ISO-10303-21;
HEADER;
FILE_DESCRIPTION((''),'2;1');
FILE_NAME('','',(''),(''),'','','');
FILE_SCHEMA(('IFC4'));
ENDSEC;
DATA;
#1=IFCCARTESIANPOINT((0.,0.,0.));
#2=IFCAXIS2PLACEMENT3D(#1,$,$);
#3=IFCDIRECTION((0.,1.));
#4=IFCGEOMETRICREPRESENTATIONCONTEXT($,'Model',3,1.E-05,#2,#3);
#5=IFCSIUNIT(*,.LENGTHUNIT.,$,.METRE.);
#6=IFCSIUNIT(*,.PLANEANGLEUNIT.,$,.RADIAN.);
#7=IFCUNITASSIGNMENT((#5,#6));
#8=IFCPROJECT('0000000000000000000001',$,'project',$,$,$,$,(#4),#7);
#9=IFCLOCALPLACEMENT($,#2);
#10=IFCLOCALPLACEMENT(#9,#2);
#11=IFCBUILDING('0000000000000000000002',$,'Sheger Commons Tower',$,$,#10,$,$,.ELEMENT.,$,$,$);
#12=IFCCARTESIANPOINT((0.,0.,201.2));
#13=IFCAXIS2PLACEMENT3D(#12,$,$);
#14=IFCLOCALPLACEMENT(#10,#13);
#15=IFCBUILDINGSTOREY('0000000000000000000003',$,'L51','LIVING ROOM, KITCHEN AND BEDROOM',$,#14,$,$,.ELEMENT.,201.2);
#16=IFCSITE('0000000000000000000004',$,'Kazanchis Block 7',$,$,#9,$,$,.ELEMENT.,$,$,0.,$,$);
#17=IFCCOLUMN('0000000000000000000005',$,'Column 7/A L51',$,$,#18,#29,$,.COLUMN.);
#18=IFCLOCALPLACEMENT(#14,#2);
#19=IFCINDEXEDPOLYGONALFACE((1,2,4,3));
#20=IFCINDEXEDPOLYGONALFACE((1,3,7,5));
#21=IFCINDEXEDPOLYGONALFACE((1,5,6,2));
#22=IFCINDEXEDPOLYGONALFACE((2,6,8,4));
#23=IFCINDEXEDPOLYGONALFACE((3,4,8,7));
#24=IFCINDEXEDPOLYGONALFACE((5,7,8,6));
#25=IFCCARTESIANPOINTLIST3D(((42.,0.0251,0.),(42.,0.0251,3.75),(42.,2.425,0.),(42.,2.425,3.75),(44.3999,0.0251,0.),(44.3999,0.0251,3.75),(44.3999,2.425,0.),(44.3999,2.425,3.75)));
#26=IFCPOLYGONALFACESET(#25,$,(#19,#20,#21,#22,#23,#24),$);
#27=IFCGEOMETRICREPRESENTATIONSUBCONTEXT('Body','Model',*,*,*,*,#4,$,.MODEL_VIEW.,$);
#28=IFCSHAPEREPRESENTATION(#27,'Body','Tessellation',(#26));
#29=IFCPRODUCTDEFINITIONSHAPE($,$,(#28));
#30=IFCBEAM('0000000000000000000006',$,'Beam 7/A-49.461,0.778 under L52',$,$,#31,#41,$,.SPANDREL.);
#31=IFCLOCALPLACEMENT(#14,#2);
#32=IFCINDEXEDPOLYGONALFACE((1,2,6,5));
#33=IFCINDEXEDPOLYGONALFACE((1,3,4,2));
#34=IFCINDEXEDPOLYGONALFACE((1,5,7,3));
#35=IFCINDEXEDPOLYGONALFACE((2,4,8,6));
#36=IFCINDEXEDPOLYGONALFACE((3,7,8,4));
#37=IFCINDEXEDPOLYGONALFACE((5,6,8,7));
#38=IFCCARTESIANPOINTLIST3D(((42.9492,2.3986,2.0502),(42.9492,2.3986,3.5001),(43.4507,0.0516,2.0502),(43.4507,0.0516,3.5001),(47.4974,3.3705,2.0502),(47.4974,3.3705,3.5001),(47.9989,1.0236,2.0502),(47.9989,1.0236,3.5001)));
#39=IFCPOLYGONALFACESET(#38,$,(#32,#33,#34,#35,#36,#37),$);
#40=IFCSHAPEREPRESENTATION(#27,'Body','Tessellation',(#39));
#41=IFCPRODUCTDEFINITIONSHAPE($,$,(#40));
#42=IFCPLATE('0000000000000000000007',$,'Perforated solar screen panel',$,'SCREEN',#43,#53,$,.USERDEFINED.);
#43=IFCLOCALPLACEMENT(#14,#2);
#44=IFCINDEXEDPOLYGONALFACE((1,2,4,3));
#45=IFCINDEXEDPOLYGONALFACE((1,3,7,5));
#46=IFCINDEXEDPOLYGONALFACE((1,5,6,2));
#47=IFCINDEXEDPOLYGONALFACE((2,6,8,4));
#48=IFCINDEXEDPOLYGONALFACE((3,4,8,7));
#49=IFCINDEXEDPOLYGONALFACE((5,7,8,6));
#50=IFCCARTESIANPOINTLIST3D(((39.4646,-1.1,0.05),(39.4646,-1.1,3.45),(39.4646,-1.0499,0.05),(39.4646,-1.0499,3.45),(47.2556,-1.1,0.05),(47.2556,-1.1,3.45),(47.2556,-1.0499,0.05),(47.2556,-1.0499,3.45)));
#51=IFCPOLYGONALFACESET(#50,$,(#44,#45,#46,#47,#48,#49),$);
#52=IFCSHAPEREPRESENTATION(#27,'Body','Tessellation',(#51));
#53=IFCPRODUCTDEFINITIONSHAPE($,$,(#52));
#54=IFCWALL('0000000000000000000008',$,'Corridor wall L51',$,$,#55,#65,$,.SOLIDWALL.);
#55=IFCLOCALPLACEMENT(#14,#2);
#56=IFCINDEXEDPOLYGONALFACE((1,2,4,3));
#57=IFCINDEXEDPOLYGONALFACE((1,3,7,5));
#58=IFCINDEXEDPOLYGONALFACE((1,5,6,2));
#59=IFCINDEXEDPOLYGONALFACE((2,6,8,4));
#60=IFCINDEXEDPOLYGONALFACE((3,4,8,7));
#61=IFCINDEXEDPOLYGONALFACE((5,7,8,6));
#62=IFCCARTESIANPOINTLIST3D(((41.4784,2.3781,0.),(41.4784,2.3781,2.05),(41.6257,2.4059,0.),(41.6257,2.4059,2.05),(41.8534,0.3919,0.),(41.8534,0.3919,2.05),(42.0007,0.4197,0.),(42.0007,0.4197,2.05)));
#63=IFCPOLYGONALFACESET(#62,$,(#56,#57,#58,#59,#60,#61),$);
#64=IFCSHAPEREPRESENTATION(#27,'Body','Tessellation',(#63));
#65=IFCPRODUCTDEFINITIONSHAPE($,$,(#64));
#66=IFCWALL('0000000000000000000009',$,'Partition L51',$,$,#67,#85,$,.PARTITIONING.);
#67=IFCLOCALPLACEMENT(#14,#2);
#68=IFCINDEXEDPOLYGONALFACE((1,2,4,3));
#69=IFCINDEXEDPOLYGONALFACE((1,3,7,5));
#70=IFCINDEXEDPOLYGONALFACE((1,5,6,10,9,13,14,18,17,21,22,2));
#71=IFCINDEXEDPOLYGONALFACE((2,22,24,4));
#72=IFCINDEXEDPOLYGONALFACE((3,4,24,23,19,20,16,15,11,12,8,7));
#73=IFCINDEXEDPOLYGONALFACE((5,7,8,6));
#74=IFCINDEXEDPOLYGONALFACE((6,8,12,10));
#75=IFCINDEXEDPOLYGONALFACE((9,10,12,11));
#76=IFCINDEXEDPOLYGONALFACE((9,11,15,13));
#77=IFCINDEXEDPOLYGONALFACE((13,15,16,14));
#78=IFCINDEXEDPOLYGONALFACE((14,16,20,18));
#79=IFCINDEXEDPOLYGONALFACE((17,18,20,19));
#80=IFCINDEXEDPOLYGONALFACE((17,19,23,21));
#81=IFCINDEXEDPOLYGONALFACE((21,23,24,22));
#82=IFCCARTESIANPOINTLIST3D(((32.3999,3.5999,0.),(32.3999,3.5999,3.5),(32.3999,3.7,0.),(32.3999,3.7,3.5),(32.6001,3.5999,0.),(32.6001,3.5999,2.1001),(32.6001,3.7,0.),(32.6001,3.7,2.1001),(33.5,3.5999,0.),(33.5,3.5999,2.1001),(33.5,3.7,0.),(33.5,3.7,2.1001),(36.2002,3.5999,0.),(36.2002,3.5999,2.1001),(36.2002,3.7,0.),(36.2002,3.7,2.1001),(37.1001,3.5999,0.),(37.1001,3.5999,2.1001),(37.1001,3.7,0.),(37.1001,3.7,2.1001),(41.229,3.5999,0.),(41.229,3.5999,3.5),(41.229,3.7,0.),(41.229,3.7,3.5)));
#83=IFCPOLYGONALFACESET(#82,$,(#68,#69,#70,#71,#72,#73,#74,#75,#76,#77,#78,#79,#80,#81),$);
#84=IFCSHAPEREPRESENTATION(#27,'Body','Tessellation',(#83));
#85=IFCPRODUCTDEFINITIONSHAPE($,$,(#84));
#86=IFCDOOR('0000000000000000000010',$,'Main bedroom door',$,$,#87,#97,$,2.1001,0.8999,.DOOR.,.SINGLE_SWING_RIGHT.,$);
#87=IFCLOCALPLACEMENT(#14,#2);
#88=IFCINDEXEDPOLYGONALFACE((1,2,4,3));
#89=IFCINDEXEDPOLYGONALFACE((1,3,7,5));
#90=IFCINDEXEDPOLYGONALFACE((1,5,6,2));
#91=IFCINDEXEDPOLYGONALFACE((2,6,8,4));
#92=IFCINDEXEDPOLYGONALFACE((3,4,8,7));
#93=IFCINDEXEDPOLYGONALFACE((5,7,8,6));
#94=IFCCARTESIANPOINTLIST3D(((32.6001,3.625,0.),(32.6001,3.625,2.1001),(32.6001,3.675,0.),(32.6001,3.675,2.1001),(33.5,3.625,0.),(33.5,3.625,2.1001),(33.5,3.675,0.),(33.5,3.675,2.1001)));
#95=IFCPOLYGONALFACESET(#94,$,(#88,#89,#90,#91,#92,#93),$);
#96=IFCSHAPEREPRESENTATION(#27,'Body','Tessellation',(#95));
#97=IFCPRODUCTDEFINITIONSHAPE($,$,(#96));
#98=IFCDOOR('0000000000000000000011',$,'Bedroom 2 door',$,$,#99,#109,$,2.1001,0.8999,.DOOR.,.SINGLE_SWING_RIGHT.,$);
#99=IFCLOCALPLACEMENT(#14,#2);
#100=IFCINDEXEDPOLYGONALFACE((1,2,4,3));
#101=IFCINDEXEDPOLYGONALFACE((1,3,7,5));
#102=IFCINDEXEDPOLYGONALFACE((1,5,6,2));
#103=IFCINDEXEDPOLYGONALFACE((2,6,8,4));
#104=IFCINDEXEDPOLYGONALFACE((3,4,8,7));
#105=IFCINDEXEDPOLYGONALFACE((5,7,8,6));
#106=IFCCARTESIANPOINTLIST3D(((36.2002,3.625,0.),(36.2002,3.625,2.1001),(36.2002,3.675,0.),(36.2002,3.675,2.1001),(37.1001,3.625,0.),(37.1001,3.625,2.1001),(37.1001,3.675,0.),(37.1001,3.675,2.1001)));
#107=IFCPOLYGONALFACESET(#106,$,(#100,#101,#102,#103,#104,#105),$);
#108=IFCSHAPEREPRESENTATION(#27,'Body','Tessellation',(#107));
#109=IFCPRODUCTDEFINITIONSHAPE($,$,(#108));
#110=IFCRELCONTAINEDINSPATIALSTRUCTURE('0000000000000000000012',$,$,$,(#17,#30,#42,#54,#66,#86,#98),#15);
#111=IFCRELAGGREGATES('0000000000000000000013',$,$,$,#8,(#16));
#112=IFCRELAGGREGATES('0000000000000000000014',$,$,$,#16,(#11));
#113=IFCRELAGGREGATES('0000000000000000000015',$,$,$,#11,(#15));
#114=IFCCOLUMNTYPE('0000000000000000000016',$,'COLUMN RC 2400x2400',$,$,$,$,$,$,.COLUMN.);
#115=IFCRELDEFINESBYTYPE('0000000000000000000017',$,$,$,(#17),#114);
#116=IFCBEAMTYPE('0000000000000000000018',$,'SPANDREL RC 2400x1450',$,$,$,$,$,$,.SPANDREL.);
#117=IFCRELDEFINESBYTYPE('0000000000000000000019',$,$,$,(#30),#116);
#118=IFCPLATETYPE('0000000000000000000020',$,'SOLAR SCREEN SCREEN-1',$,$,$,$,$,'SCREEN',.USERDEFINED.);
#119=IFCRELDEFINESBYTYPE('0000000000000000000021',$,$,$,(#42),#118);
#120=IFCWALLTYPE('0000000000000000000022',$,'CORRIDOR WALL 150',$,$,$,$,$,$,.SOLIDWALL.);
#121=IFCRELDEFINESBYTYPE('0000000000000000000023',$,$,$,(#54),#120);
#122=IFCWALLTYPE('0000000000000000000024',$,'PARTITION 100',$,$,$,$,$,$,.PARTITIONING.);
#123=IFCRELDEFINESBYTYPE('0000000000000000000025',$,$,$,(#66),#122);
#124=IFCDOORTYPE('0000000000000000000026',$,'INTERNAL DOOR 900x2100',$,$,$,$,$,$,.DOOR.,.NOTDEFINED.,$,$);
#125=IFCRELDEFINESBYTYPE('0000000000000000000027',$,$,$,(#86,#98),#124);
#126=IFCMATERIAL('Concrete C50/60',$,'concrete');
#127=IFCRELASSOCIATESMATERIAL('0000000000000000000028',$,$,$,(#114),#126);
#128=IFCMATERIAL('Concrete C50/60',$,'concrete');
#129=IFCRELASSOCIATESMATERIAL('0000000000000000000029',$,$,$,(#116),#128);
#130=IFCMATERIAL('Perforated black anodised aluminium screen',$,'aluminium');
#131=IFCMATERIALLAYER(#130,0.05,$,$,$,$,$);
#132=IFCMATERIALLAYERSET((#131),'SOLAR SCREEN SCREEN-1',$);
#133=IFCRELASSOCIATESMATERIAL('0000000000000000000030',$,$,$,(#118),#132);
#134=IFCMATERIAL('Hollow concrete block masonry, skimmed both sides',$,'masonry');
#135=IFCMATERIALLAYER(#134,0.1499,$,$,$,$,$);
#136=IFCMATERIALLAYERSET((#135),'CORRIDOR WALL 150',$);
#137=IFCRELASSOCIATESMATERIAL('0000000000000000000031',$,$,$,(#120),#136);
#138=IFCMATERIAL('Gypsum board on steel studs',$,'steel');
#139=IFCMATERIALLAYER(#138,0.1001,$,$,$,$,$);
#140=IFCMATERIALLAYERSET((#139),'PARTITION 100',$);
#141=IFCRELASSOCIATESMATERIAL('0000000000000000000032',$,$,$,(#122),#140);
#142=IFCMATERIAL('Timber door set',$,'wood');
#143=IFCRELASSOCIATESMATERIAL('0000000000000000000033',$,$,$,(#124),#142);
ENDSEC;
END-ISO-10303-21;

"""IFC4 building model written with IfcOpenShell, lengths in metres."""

from ifc_helpers import new_model, si_unit, direction, frame, frame_2d, origin, origin_2d, place, context, subcontext, project, spatial, rectangle, extrude, material, layer, layer_set, material_profile, profile_set, type_object, element, fill, save


model = new_model("IFC4")

# Units and contexts
model_context = context("Model", 3, precision=1e-05, world=origin(), true_north=direction((0.0, 1.0)))
body_context = subcontext(model_context, "Body", "Model", "MODEL_VIEW")
ifc_project = project(units=[si_unit("LENGTHUNIT", "METRE"), si_unit("PLANEANGLEUNIT", "RADIAN")], contexts=[model_context])

# Site, building, storey
site_placement = place(None, origin())
site = spatial("IfcSite", under=ifc_project, at=site_placement, Name="Kazanchis Block 7", CompositionType="ELEMENT", RefElevation=0.0)
building_placement = place(site_placement, origin())
building = spatial("IfcBuilding", under=site, at=building_placement, Name="Sheger Commons Tower", CompositionType="ELEMENT")
storey_placement = place(building_placement, frame((0.0, 0.0, 201.2)))
storey = spatial("IfcBuildingStorey", under=building, at=storey_placement, Name="L51", Description="LIVING ROOM, KITCHEN AND BEDROOM", CompositionType="ELEMENT", Elevation=201.2)

# Column
ifc_material_1 = material(Name="Concrete C50/60", Category="concrete")
ifc_material_profile_1 = material_profile(ifc_material_1, rectangle(XDim=2.3999, YDim=2.3999, at=origin_2d()), Name="RC 2400x2400")
ifc_profile_set_1 = profile_set([ifc_material_profile_1], Name="Concrete C50/60")
column_type = type_object("IfcColumnType", Name="COLUMN RC 2400x2400", PredefinedType="COLUMN", material=ifc_profile_set_1)
column_placement = place(storey_placement, frame((43.2, 1.2251, 0.0), z_axis=(0.0, 0.0, 1.0), x_axis=(1.0, 0.0, 0.0)))
element("IfcColumn", 1, at=column_placement, inside=storey, type_object=column_type, Name="Column 7/A L51", PredefinedType="COLUMN", context=body_context, shape_type="SweptSolid", body=[
    extrude(rectangle(XDim=2.3999, YDim=2.3999, at=origin_2d()), origin(), (0.0, 0.0, 1.0), 3.75),
])

# Beam
ifc_material_2 = material(Name="Concrete C50/60", Category="concrete")
ifc_material_profile_2 = material_profile(ifc_material_2, rectangle(XDim=2.3999, YDim=1.45, at=origin_2d()), Name="RC 2400x1450")
ifc_profile_set_2 = profile_set([ifc_material_profile_2], Name="Concrete C50/60")
beam_type = type_object("IfcBeamType", Name="SPANDREL RC 2400x1450", PredefinedType="SPANDREL", material=ifc_profile_set_2)
beam_placement = place(storey_placement, frame((43.2, 1.2251, 2.7751), z_axis=(0.97792, 0.208981, 0.0), x_axis=(-0.208981, 0.97792, 0.0)))
element("IfcBeam", 2, at=beam_placement, inside=storey, type_object=beam_type, Name="Beam 7/A-49.461,0.778 under L52", PredefinedType="SPANDREL", context=body_context, shape_type="SweptSolid", body=[
    extrude(rectangle(XDim=2.3999, YDim=1.45, at=origin_2d()), origin(), (0.0, 0.0, 1.0), 4.6509),
])

# Plate
ifc_material_3 = material(Name="Perforated black anodised aluminium screen", Category="aluminium")
ifc_layer_1 = layer(ifc_material_3, 0.05)
ifc_layer_set_1 = layer_set([ifc_layer_1], Name="SOLAR SCREEN SCREEN-1")
plate_type = type_object("IfcPlateType", Name="SOLAR SCREEN SCREEN-1", ElementType="SCREEN", PredefinedType="USERDEFINED", material=ifc_layer_set_1)
plate_placement = place(storey_placement, frame((43.3601, -1.075, 0.05), z_axis=(0.0, 0.0, 1.0), x_axis=(1.0, 0.0, 0.0)))
element("IfcPlate", 3, at=plate_placement, inside=storey, type_object=plate_type, Name="Perforated solar screen panel", ObjectType="SCREEN", PredefinedType="USERDEFINED", context=body_context, shape_type="SweptSolid", body=[
    extrude(rectangle(XDim=7.791, YDim=0.05, at=origin_2d()), origin(), (0.0, 0.0, 1.0), 3.3999),
])

# Wall
ifc_material_4 = material(Name="Hollow concrete block masonry, skimmed both sides", Category="masonry")
ifc_layer_2 = layer(ifc_material_4, 0.1499)
ifc_layer_set_2 = layer_set([ifc_layer_2], Name="CORRIDOR WALL 150")
wall_type_1 = type_object("IfcWallType", Name="CORRIDOR WALL 150", PredefinedType="SOLIDWALL", material=ifc_layer_set_2)
wall_1_placement = place(storey_placement, frame((41.552, 2.3921, 0.0), z_axis=(0.0, 0.0, 1.0), x_axis=(0.185536, -0.982638, 0.0)))
element("IfcWall", 4, at=wall_1_placement, inside=storey, type_object=wall_type_1, Name="Corridor wall L51", PredefinedType="SOLIDWALL", context=body_context, shape_type="SweptSolid", body=[
    extrude(rectangle(XDim=2.0212, YDim=0.1499, at=frame_2d((1.0107, 0.0))), origin(), (0.0, 0.0, 1.0), 2.05),
])

# Wall, openings, doors
ifc_material_5 = material(Name="Gypsum board on steel studs", Category="steel")
ifc_layer_3 = layer(ifc_material_5, 0.1001)
ifc_layer_set_3 = layer_set([ifc_layer_3], Name="PARTITION 100")
wall_type_2 = type_object("IfcWallType", Name="PARTITION 100", PredefinedType="PARTITIONING", material=ifc_layer_set_3)
wall_2_placement = place(storey_placement, frame((41.229, 3.6499, 0.0), z_axis=(0.0, 0.0, 1.0), x_axis=(-1.0, 0.0, 0.0)))
wall_2 = element("IfcWall", 5, at=wall_2_placement, inside=storey, type_object=wall_type_2, Name="Partition L51", PredefinedType="PARTITIONING", context=body_context, shape_type="SweptSolid", body=[
    extrude(rectangle(XDim=8.8291, YDim=0.1001, at=frame_2d((4.4146, 0.0))), origin(), (0.0, 0.0, 1.0), 3.5),
])
opening_1_placement = place(wall_2_placement, frame((7.729, 0.0, 0.0)))
opening_1 = element("IfcOpeningElement", 6, at=opening_1_placement, cuts=wall_2, PredefinedType="OPENING", context=body_context, shape_type="SweptSolid", body=[
    extrude(rectangle(XDim=0.8999, YDim=2.1001, at=frame_2d((0.45, 1.05))), frame((0.0, 0.0601, 0.0), z_axis=(0.0, -1.0, 0.0), x_axis=(1.0, 0.0, 0.0)), (0.0, 0.0, 1.0), 0.1201),
])
opening_2_placement = place(wall_2_placement, frame((4.1289, 0.0, 0.0)))
opening_2 = element("IfcOpeningElement", 7, at=opening_2_placement, cuts=wall_2, PredefinedType="OPENING", context=body_context, shape_type="SweptSolid", body=[
    extrude(rectangle(XDim=0.8999, YDim=2.1001, at=frame_2d((0.45, 1.05))), frame((0.0, 0.0601, 0.0), z_axis=(0.0, -1.0, 0.0), x_axis=(1.0, 0.0, 0.0)), (0.0, 0.0, 1.0), 0.1201),
])
ifc_material_6 = material(Name="Timber door set", Category="wood")
door_type = type_object("IfcDoorType", Name="INTERNAL DOOR 900x2100", OperationType="NOTDEFINED", PredefinedType="DOOR", material=ifc_material_6)
door_1_placement = place(opening_1_placement, origin())
door_1 = element("IfcDoor", 8, at=door_1_placement, inside=storey, type_object=door_type, Name="Main bedroom door", OperationType="SINGLE_SWING_RIGHT", OverallHeight=2.1001, OverallWidth=0.8999, PredefinedType="DOOR", context=body_context, shape_type="SweptSolid", body=[
    extrude(rectangle(XDim=0.8999, YDim=2.1001, at=frame_2d((0.45, 1.05))), frame((0.0, 0.0249, 0.0), z_axis=(0.0, -1.0, 0.0), x_axis=(1.0, 0.0, 0.0)), (0.0, 0.0, 1.0), 0.05),
])
fill(opening_1, door_1)
door_2_placement = place(opening_2_placement, origin())
door_2 = element("IfcDoor", 9, at=door_2_placement, inside=storey, type_object=door_type, Name="Bedroom 2 door", OperationType="SINGLE_SWING_RIGHT", OverallHeight=2.1001, OverallWidth=0.8999, PredefinedType="DOOR", context=body_context, shape_type="SweptSolid", body=[
    extrude(rectangle(XDim=0.8999, YDim=2.1001, at=frame_2d((0.45, 1.05))), frame((0.0, 0.0249, 0.0), z_axis=(0.0, -1.0, 0.0), x_axis=(1.0, 0.0, 0.0)), (0.0, 0.0, 1.0), 0.05),
])
fill(opening_2, door_2)

save(model, "model.ifc")
